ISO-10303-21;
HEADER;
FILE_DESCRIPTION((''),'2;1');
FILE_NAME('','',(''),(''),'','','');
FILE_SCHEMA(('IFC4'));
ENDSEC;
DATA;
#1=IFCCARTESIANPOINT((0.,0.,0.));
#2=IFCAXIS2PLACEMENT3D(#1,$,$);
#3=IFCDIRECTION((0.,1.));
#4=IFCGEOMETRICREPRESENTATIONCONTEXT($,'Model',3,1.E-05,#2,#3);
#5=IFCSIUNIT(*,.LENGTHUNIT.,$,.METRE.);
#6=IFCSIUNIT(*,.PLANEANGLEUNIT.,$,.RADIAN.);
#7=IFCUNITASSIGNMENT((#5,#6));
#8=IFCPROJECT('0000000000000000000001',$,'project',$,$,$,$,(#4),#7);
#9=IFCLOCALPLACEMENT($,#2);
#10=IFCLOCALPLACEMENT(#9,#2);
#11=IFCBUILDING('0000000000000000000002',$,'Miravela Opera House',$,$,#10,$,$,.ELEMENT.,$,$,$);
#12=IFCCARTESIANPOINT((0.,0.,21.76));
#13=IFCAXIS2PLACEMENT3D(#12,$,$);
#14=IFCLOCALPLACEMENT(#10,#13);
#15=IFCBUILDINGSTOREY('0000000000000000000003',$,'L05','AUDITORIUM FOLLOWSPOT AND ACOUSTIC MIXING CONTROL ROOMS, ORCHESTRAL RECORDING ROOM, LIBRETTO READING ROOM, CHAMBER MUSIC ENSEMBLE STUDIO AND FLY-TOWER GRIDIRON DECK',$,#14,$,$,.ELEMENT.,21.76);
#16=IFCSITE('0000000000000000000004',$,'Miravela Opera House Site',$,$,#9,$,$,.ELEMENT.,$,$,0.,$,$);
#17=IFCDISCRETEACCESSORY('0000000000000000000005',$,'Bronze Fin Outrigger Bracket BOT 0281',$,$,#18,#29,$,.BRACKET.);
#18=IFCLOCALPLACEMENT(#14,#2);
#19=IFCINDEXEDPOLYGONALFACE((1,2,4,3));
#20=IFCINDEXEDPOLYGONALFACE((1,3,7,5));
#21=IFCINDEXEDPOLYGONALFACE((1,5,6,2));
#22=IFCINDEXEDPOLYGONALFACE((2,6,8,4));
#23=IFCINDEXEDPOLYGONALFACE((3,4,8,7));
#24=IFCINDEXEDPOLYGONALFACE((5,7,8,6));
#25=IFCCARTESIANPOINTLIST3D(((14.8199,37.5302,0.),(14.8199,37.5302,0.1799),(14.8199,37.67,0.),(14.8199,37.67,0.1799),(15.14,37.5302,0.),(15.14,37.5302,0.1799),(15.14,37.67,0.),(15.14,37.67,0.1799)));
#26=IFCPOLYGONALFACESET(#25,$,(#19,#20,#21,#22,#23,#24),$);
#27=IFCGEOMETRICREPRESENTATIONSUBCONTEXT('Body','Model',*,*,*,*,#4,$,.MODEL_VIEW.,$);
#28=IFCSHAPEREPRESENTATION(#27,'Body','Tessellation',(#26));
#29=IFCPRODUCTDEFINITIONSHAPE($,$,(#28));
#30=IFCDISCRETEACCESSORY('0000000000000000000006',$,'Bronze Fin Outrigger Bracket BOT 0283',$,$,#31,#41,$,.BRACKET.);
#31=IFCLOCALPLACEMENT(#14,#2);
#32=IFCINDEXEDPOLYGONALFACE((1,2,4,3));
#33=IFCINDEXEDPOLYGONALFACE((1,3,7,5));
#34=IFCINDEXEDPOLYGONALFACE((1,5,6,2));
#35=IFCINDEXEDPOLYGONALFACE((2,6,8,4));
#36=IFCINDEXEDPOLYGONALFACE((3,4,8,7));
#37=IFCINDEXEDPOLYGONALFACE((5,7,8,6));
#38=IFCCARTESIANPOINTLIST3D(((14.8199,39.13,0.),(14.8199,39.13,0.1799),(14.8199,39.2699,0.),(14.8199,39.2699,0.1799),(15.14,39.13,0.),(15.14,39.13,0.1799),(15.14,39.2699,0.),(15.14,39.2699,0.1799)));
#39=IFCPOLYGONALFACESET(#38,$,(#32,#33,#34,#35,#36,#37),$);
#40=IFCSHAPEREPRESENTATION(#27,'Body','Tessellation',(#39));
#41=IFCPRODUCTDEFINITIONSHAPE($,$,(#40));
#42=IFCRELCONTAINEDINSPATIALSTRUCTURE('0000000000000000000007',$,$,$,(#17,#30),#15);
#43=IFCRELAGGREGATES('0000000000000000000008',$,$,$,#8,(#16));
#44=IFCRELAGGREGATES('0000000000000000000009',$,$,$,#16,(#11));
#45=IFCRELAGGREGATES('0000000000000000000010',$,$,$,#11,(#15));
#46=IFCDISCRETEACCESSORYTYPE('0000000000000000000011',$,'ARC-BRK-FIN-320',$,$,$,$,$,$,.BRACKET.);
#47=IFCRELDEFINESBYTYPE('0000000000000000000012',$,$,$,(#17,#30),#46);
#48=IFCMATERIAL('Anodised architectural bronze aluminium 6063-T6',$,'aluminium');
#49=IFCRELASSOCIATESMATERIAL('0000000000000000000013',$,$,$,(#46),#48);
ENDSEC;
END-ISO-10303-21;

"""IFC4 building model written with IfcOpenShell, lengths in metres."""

from ifc_helpers import new_model, si_unit, direction, frame, origin, origin_2d, place, context, subcontext, project, spatial, rectangle, extrude, material, type_object, element, save


model = new_model("IFC4")

# Units and contexts
model_context = context("Model", 3, precision=1e-05, world=origin(), true_north=direction((0.0, 1.0)))
body_context = subcontext(model_context, "Body", "Model", "MODEL_VIEW")
ifc_project = project(units=[si_unit("LENGTHUNIT", "METRE"), si_unit("PLANEANGLEUNIT", "RADIAN")], contexts=[model_context])

# Site, building, storey
site_placement = place(None, origin())
site = spatial("IfcSite", under=ifc_project, at=site_placement, Name="Miravela Opera House Site", CompositionType="ELEMENT", RefElevation=0.0)
building_placement = place(site_placement, origin())
building = spatial("IfcBuilding", under=site, at=building_placement, Name="Miravela Opera House", CompositionType="ELEMENT")
storey_placement = place(building_placement, frame((0.0, 0.0, 21.76)))
storey = spatial("IfcBuildingStorey", under=building, at=storey_placement, Name="L05", Description="AUDITORIUM FOLLOWSPOT AND ACOUSTIC MIXING CONTROL ROOMS, ORCHESTRAL RECORDING ROOM, LIBRETTO READING ROOM, CHAMBER MUSIC ENSEMBLE STUDIO AND FLY-TOWER GRIDIRON DECK", CompositionType="ELEMENT", Elevation=21.76)

# Shared definitions
ifc_material_1 = material(Name="Anodised architectural bronze aluminium 6063-T6", Category="aluminium")

# Discrete accessories
discrete_accessory_type = type_object("IfcDiscreteAccessoryType", Name="ARC-BRK-FIN-320", PredefinedType="BRACKET", material=ifc_material_1)
for number, where, z_axis, x_axis, name in (
    (1, (14.98, 37.6001, 0.0), (0.0, 0.0, 1.0), (1.0, 0.0, 0.0), "Bronze Fin Outrigger Bracket BOT 0281"),
    (2, (14.98, 39.2, 0.0), (0.0, 0.0, 1.0), (1.0, 0.0, 0.0), "Bronze Fin Outrigger Bracket BOT 0283"),
):
    element("IfcDiscreteAccessory", number, at=place(storey_placement, frame(where, z_axis=z_axis, x_axis=x_axis)), inside=storey, type_object=discrete_accessory_type, Name=name, PredefinedType="BRACKET", context=body_context, shape_type="SweptSolid", body=[
        extrude(rectangle(XDim=0.3201, YDim=0.1399, at=origin_2d()), origin(), (0.0, 0.0, 1.0), 0.1799),
    ])

save(model, "model.ifc")
